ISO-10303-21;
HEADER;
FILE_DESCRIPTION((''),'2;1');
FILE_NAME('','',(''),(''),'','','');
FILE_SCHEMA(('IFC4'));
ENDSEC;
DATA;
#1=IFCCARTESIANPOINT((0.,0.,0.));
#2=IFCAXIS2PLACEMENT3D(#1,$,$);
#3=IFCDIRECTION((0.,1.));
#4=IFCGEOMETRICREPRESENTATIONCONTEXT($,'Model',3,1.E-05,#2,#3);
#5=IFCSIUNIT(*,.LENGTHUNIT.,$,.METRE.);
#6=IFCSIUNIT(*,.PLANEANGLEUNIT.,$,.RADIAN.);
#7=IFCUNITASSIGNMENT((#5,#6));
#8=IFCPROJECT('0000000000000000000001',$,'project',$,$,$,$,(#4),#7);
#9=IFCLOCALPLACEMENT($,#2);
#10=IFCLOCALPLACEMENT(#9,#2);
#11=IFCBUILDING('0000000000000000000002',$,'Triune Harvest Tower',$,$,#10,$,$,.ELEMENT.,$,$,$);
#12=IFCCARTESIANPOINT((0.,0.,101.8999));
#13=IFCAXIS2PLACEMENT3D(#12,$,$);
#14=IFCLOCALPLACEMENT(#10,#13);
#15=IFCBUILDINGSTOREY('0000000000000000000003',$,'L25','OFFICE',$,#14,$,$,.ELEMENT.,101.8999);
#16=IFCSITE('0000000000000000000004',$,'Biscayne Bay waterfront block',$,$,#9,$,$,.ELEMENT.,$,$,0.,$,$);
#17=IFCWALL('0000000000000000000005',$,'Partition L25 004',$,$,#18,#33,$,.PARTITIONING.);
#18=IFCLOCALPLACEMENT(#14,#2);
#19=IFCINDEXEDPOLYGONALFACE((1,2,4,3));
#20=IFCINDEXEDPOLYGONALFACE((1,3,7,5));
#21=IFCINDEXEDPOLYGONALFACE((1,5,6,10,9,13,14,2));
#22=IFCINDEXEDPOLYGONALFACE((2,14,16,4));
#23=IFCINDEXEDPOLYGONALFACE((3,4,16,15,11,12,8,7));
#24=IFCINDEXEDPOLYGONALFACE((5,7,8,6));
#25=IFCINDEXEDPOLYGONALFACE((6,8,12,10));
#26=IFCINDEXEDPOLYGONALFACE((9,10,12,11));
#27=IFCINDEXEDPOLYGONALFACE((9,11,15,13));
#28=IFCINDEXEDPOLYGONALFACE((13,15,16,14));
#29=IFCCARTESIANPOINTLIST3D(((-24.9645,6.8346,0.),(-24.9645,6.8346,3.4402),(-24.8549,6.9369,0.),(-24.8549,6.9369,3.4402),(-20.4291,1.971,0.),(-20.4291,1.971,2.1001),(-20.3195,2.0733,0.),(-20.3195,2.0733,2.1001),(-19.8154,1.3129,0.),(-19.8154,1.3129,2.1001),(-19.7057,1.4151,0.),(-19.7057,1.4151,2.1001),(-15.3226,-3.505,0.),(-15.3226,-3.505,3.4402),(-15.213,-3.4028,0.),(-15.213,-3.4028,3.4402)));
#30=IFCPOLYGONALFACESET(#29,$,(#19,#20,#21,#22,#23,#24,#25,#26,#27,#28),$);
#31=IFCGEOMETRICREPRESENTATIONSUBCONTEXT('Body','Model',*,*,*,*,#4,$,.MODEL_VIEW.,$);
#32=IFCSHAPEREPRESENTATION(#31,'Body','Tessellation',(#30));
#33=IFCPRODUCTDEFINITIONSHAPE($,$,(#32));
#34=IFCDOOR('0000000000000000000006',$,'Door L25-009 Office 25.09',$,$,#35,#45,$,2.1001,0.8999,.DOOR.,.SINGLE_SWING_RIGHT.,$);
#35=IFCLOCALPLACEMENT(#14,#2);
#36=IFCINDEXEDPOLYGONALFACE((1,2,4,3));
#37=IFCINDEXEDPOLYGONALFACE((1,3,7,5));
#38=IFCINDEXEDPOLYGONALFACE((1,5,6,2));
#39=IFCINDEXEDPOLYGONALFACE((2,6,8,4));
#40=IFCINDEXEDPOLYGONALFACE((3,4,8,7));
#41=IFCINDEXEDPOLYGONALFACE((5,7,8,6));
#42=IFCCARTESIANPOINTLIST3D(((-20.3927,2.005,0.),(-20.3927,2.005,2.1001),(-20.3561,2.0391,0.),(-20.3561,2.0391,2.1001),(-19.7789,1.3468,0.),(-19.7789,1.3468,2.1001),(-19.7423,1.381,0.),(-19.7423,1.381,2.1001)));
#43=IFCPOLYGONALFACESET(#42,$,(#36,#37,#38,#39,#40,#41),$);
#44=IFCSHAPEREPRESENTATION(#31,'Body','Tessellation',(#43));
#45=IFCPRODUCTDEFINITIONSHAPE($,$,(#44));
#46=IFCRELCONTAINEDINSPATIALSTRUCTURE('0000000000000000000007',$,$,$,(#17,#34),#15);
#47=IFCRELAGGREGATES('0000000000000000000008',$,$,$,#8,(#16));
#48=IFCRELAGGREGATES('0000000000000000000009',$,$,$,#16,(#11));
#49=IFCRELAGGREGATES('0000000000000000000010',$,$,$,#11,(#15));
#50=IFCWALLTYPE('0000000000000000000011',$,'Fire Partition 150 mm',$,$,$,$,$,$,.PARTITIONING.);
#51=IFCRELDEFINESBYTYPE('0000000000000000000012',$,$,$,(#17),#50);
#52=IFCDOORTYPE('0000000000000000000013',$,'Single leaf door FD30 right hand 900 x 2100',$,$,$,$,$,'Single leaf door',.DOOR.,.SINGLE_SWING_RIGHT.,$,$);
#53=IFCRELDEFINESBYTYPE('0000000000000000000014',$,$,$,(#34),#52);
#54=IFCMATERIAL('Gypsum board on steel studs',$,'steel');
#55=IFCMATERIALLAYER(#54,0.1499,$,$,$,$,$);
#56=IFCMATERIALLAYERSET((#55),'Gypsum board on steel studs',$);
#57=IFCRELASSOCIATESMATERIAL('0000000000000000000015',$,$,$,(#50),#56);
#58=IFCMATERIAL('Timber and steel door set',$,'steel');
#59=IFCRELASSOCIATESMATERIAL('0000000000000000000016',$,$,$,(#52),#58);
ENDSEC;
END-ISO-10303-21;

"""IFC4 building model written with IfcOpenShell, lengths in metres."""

from ifc_helpers import new_model, si_unit, direction, frame, frame_2d, origin, place, context, subcontext, project, spatial, rectangle, extrude, material, layer, layer_set, type_object, element, fill, save


model = new_model("IFC4")

# Units and contexts
model_context = context("Model", 3, precision=1e-05, world=origin(), true_north=direction((0.0, 1.0)))
body_context = subcontext(model_context, "Body", "Model", "MODEL_VIEW")
ifc_project = project(units=[si_unit("LENGTHUNIT", "METRE"), si_unit("PLANEANGLEUNIT", "RADIAN")], contexts=[model_context])

# Site, building, storey
site_placement = place(None, origin())
site = spatial("IfcSite", under=ifc_project, at=site_placement, Name="Biscayne Bay waterfront block", CompositionType="ELEMENT", RefElevation=0.0)
building_placement = place(site_placement, origin())
building = spatial("IfcBuilding", under=site, at=building_placement, Name="Triune Harvest Tower", CompositionType="ELEMENT")
storey_placement = place(building_placement, frame((0.0, 0.0, 101.8999)))
storey = spatial("IfcBuildingStorey", under=building, at=storey_placement, Name="L25", Description="OFFICE", CompositionType="ELEMENT", Elevation=101.8999)

# Wall, opening, door
ifc_material_1 = material(Name="Gypsum board on steel studs", Category="steel")
ifc_layer_1 = layer(ifc_material_1, 0.1499)
ifc_layer_set_1 = layer_set([ifc_layer_1], Name="Gypsum board on steel studs")
wall_type = type_object("IfcWallType", Name="Fire Partition 150 mm", PredefinedType="PARTITIONING", material=ifc_layer_set_1)
wall_placement = place(storey_placement, frame((-24.9097, 6.8857, 0.0), z_axis=(0.0, 0.0, 1.0), x_axis=(0.681999, -0.731353, 0.0)))
wall = element("IfcWall", 1, at=wall_placement, inside=storey, type_object=wall_type, Name="Partition L25 004", PredefinedType="PARTITIONING", context=body_context, shape_type="SweptSolid", body=[
    extrude(rectangle(XDim=14.1377, YDim=0.1499, at=frame_2d((7.0688, 0.0))), origin(), (0.0, 0.0, 1.0), 3.4402),
])
opening_placement = place(wall_placement, frame((6.6501, 0.0, 0.0)))
opening = element("IfcOpeningElement", 2, at=opening_placement, cuts=wall, PredefinedType="OPENING", context=body_context, shape_type="SweptSolid", body=[
    extrude(rectangle(XDim=0.8999, YDim=2.1001, at=frame_2d((0.45, 1.05))), frame((0.0, 0.085, 0.0), z_axis=(0.0, -1.0, 0.0), x_axis=(1.0, 0.0, 0.0)), (0.0, 0.0, 1.0), 0.1699),
])
ifc_material_2 = material(Name="Timber and steel door set", Category="steel")
door_type = type_object("IfcDoorType", Name="Single leaf door FD30 right hand 900 x 2100", ElementType="Single leaf door", OperationType="SINGLE_SWING_RIGHT", PredefinedType="DOOR", material=ifc_material_2)
door_placement = place(opening_placement, origin())
door = element("IfcDoor", 3, at=door_placement, inside=storey, type_object=door_type, Name="Door L25-009 Office 25.09", OperationType="SINGLE_SWING_RIGHT", OverallHeight=2.1001, OverallWidth=0.8999, PredefinedType="DOOR", context=body_context, shape_type="SweptSolid", body=[
    extrude(rectangle(XDim=0.8999, YDim=2.1001, at=frame_2d((0.45, 1.05))), frame((0.0, 0.0249, 0.0), z_axis=(0.0, -1.0, 0.0), x_axis=(1.0, 0.0, 0.0)), (0.0, 0.0, 1.0), 0.05),
])
fill(opening, door)

save(model, "model.ifc")
